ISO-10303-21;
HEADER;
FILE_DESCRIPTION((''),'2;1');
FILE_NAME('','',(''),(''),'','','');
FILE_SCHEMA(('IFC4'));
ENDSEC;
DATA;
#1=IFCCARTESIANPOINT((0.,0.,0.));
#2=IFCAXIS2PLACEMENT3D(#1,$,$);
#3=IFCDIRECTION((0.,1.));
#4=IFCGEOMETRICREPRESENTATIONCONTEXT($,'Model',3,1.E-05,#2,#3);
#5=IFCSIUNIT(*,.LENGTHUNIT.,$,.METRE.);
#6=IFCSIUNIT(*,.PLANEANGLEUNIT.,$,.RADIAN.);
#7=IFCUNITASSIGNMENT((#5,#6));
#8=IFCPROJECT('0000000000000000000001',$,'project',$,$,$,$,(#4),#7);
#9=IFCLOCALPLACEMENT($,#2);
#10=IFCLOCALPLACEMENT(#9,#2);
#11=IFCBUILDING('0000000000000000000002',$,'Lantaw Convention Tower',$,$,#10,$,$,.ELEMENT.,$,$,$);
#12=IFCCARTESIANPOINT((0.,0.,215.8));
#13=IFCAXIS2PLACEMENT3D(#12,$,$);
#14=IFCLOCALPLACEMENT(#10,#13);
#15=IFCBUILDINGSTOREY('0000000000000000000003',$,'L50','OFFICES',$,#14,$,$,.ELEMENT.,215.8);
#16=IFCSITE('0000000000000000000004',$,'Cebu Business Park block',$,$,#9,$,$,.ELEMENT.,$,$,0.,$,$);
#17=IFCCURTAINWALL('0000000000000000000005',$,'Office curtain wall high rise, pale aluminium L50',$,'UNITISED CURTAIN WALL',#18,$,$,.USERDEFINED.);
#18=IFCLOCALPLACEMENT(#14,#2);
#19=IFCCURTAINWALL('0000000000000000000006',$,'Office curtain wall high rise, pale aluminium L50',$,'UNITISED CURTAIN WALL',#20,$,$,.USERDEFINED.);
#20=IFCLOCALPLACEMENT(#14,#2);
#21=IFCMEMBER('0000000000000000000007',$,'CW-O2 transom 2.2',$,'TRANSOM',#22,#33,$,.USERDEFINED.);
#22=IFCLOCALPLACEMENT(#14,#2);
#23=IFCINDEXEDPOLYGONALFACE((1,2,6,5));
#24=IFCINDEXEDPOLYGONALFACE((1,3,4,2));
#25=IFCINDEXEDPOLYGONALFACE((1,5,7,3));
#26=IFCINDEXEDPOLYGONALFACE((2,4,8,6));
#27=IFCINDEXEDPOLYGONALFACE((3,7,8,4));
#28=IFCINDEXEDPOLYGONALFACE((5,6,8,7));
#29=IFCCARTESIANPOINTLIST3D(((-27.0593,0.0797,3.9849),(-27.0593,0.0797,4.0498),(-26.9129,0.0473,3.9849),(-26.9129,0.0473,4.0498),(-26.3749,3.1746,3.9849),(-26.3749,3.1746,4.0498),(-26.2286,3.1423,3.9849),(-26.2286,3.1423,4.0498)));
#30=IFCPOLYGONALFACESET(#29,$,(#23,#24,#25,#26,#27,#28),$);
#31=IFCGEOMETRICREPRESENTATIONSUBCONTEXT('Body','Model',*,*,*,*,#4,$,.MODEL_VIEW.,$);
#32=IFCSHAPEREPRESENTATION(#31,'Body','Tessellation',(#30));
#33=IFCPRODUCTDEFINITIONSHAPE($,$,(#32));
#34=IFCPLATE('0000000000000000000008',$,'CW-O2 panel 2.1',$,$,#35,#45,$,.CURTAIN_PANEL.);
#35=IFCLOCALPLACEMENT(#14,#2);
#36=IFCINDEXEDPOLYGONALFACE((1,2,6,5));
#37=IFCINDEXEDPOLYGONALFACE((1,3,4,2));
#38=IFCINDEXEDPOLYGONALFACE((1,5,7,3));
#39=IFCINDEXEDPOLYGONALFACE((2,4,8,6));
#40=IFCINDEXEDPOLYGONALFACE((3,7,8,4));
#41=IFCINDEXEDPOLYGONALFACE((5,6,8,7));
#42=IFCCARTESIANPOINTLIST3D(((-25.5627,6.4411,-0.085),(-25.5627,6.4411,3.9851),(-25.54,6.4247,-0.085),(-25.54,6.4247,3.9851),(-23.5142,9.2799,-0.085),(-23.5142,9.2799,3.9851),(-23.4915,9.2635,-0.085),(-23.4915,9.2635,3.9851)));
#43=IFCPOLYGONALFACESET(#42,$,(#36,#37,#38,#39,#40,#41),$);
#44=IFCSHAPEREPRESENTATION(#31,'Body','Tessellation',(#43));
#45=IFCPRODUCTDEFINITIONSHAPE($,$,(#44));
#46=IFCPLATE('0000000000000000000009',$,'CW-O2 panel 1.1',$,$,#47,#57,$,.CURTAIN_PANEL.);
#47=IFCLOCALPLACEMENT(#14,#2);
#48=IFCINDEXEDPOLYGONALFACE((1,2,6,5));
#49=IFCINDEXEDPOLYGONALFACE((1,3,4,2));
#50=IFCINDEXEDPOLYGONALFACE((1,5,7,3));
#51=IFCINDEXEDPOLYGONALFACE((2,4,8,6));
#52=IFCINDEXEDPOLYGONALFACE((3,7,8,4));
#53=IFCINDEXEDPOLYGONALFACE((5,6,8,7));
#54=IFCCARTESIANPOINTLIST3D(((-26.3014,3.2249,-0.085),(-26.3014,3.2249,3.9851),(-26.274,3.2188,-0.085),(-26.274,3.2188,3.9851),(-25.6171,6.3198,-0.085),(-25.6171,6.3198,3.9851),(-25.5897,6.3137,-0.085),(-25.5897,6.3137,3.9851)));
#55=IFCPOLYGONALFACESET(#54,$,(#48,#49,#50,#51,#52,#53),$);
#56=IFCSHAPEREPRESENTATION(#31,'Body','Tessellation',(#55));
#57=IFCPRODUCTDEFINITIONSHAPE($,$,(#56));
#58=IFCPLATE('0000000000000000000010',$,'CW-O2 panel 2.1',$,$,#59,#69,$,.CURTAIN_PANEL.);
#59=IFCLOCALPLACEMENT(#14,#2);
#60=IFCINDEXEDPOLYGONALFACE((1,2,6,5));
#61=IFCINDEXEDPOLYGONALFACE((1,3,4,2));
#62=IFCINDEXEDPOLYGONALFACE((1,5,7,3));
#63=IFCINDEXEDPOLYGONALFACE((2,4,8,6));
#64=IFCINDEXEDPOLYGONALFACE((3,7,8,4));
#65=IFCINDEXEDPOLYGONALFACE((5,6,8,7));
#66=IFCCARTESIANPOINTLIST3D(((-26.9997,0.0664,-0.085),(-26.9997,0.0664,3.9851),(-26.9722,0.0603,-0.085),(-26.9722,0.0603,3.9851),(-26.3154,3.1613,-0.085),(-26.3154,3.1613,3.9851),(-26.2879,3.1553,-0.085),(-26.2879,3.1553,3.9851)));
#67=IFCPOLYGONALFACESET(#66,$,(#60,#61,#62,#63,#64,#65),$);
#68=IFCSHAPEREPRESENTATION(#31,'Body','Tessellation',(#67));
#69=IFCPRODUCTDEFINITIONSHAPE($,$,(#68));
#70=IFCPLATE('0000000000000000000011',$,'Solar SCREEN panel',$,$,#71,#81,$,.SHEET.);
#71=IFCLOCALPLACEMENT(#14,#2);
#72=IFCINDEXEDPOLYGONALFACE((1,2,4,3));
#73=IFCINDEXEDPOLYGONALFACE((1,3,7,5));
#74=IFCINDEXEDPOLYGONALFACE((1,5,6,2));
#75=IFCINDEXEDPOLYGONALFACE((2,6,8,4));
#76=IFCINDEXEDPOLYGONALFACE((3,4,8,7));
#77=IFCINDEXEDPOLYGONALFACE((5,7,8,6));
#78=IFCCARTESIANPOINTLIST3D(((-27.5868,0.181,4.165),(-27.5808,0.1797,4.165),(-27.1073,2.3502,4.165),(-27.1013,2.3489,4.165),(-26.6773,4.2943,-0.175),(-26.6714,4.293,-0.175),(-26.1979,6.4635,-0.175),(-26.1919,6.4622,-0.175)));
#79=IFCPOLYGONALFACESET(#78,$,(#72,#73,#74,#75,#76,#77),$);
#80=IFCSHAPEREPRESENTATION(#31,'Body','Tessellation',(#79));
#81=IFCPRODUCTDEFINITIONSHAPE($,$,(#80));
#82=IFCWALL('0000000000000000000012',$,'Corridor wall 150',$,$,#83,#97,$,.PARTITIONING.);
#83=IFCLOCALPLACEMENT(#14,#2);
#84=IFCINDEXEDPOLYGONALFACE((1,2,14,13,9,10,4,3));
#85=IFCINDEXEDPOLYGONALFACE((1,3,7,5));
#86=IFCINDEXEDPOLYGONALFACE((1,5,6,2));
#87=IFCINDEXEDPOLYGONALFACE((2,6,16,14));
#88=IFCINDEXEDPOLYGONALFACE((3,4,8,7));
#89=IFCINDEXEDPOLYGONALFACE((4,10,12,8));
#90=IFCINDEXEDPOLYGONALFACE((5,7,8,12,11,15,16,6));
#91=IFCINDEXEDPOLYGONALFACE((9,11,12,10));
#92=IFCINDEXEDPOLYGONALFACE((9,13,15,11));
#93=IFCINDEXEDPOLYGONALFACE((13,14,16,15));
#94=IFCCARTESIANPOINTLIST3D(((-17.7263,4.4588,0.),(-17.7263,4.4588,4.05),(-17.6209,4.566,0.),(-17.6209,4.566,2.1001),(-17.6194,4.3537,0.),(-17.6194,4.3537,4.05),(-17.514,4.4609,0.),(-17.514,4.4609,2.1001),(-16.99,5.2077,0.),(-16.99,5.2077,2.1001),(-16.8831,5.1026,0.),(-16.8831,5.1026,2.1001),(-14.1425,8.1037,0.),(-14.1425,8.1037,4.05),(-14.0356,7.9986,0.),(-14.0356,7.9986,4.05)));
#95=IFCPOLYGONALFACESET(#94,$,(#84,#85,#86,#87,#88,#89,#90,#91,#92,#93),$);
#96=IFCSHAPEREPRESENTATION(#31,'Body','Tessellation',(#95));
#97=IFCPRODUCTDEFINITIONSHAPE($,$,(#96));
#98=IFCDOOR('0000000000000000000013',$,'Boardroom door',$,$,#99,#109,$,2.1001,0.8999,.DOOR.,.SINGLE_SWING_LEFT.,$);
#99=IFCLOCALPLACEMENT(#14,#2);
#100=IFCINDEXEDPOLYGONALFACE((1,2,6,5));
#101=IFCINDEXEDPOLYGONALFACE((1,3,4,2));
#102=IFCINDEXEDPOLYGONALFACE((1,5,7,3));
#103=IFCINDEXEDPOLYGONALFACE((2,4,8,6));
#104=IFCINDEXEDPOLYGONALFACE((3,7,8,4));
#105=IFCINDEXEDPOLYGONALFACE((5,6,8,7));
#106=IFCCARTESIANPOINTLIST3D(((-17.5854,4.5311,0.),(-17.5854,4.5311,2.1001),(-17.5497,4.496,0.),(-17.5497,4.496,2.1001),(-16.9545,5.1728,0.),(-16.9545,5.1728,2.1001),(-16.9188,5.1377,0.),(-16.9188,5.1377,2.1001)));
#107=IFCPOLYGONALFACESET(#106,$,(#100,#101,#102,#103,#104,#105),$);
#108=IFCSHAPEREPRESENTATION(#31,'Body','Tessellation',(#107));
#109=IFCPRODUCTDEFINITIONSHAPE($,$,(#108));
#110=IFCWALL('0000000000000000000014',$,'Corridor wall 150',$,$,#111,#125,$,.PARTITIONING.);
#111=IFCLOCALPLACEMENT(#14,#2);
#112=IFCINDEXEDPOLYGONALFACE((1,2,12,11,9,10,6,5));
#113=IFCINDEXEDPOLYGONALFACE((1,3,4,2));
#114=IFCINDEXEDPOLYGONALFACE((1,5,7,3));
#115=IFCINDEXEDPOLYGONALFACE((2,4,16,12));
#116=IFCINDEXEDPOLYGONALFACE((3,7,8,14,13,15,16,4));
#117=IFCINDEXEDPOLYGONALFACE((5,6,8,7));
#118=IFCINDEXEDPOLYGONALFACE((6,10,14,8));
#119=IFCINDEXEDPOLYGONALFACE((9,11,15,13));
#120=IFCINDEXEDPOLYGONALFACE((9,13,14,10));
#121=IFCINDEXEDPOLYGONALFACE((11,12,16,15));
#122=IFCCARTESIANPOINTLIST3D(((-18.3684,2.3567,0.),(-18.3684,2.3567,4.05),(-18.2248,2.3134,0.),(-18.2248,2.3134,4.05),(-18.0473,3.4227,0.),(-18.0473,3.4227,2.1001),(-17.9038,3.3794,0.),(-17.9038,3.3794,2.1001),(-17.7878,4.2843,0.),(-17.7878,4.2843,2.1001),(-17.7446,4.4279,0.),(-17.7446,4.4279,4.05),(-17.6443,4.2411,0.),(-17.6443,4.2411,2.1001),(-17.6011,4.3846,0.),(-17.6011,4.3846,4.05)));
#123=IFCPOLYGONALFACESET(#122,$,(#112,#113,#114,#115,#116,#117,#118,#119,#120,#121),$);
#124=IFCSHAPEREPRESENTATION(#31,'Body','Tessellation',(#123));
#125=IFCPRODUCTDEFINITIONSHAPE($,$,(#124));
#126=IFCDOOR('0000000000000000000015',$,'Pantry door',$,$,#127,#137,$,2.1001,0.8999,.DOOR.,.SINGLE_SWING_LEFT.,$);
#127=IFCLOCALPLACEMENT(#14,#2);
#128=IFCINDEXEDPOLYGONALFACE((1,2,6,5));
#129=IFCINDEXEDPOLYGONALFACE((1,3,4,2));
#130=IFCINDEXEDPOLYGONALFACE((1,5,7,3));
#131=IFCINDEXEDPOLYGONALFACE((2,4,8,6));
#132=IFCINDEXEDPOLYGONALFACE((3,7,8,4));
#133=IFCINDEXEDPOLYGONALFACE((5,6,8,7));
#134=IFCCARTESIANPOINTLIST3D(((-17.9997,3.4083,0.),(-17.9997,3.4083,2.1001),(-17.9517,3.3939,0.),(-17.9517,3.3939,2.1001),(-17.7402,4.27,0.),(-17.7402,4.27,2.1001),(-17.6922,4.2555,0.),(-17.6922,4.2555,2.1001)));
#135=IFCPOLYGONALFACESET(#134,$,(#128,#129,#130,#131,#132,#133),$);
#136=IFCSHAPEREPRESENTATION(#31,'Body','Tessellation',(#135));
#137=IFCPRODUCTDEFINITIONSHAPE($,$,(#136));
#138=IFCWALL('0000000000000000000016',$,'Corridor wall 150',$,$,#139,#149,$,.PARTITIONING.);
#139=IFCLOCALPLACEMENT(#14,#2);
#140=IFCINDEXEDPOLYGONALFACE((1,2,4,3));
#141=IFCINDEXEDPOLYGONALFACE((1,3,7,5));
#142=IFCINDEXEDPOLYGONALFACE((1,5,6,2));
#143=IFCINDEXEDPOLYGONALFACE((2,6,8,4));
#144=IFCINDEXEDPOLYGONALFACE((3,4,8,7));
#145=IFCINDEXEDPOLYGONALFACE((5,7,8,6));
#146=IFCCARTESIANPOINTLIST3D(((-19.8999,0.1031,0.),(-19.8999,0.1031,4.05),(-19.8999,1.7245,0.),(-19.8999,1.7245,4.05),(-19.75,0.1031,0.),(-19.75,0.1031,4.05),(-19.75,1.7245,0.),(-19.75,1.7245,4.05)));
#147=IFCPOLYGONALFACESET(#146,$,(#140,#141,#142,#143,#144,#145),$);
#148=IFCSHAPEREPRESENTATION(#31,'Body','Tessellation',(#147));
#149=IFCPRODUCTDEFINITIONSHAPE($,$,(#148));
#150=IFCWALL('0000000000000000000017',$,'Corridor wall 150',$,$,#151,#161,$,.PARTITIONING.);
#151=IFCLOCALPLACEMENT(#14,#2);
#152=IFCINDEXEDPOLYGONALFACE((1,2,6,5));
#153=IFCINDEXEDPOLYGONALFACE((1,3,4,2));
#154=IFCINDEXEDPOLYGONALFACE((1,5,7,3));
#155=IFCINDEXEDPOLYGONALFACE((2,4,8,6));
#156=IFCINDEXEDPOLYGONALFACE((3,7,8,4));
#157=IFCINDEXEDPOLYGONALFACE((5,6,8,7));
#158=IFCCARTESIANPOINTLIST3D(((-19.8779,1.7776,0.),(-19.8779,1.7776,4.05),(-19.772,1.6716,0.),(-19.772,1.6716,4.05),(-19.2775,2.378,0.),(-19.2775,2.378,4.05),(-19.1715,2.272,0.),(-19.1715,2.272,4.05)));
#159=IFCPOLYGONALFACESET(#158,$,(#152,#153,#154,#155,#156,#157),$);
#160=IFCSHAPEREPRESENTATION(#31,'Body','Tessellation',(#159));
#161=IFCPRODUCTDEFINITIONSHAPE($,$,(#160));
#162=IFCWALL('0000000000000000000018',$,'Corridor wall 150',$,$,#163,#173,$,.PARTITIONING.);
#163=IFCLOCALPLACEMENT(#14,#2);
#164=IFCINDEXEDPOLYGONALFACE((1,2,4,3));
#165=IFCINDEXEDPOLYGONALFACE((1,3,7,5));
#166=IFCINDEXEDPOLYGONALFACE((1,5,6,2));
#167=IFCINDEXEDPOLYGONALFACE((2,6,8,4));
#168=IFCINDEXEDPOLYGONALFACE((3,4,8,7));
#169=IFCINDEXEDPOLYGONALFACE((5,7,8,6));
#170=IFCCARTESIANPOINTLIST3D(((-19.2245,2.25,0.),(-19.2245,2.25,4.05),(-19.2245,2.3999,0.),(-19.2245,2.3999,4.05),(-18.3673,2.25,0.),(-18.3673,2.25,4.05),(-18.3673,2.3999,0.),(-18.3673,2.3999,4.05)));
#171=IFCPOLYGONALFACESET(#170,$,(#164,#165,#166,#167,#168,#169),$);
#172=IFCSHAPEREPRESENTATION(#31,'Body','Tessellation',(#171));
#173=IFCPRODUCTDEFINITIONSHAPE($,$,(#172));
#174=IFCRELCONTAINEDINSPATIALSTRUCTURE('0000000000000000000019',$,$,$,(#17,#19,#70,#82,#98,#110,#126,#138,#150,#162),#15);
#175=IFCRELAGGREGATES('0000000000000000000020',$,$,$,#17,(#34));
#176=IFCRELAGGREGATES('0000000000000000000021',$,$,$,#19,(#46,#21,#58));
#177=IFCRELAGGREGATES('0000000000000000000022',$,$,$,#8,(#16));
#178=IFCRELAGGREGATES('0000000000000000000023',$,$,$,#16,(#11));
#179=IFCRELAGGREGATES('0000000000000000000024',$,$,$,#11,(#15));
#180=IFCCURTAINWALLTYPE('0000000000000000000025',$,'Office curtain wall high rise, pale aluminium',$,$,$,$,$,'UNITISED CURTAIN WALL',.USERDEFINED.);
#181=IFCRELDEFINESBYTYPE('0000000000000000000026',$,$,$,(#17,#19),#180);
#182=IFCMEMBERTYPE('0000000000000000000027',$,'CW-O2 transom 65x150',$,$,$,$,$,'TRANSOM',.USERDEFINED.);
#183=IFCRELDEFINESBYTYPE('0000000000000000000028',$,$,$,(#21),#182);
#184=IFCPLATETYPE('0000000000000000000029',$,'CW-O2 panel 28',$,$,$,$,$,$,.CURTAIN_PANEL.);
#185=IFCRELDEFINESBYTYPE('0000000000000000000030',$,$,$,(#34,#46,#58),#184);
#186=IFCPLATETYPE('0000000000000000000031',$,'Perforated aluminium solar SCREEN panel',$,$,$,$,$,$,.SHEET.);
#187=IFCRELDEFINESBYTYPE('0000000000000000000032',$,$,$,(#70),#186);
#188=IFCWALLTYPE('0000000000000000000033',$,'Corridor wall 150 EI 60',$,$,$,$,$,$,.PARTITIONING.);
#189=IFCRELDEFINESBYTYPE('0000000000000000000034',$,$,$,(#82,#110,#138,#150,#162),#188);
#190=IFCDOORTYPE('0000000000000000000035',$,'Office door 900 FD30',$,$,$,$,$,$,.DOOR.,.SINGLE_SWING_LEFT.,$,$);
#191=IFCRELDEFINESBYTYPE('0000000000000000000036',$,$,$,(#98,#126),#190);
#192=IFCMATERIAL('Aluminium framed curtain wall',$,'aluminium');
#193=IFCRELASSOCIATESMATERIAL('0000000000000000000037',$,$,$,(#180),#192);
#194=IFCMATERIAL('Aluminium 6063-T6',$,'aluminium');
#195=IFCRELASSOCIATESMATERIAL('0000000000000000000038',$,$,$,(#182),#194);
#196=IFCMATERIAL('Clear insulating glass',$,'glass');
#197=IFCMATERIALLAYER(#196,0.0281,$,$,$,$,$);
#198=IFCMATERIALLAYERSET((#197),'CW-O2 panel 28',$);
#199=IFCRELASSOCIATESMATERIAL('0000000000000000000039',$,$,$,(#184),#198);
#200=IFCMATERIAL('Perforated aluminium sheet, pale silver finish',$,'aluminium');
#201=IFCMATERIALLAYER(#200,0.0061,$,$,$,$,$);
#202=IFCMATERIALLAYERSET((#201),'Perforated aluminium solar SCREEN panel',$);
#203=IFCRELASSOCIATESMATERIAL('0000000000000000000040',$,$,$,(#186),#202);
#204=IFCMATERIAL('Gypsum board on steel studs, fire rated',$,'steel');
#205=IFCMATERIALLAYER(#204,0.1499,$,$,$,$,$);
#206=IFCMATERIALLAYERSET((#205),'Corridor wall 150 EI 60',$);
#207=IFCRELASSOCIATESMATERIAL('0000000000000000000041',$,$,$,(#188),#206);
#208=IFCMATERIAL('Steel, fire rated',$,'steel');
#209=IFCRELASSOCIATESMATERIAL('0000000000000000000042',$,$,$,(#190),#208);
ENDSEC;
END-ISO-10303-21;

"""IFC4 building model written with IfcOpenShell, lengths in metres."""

from ifc_helpers import new_model, si_unit, direction, frame, frame_2d, origin, origin_2d, place, context, subcontext, project, spatial, polyline, rectangle, outline, extrude, material, layer, layer_set, material_profile, profile_set, type_object, element, fill, aggregate, save


model = new_model("IFC4")

# Units and contexts
model_context = context("Model", 3, precision=1e-05, world=origin(), true_north=direction((0.0, 1.0)))
body_context = subcontext(model_context, "Body", "Model", "MODEL_VIEW")
ifc_project = project(units=[si_unit("LENGTHUNIT", "METRE"), si_unit("PLANEANGLEUNIT", "RADIAN")], contexts=[model_context])

# Site, building, storey
site_placement = place(None, origin())
site = spatial("IfcSite", under=ifc_project, at=site_placement, Name="Cebu Business Park block", CompositionType="ELEMENT", RefElevation=0.0)
building_placement = place(site_placement, origin())
building = spatial("IfcBuilding", under=site, at=building_placement, Name="Lantaw Convention Tower", CompositionType="ELEMENT")
storey_placement = place(building_placement, frame((0.0, 0.0, 215.8)))
storey = spatial("IfcBuildingStorey", under=building, at=storey_placement, Name="L50", Description="OFFICES", CompositionType="ELEMENT", Elevation=215.8)

# Curtain wall
ifc_material_1 = material(Name="Aluminium framed curtain wall", Category="aluminium")
curtain_wall_type = type_object("IfcCurtainWallType", Name="Office curtain wall high rise, pale aluminium", ElementType="UNITISED CURTAIN WALL", PredefinedType="USERDEFINED", material=ifc_material_1)
curtain_wall_1_placement = place(storey_placement, origin())
curtain_wall_1 = element("IfcCurtainWall", 1, at=curtain_wall_1_placement, inside=storey, type_object=curtain_wall_type, Name="Office curtain wall high rise, pale aluminium L50", ObjectType="UNITISED CURTAIN WALL", PredefinedType="USERDEFINED")
ifc_material_2 = material(Name="Aluminium 6063-T6", Category="aluminium")

# Curtain wall, member
curtain_wall_2_placement = place(storey_placement, origin())
curtain_wall_2 = element("IfcCurtainWall", 2, at=curtain_wall_2_placement, inside=storey, type_object=curtain_wall_type, Name="Office curtain wall high rise, pale aluminium L50", ObjectType="UNITISED CURTAIN WALL", PredefinedType="USERDEFINED")
ifc_material_profile_1 = material_profile(ifc_material_2, rectangle(XDim=0.1499, YDim=0.0649, at=origin_2d()), Name="CW-O2 transom 65x150")
ifc_profile_set_1 = profile_set([ifc_material_profile_1], Name="Aluminium 6063-T6")
member_type_1 = type_object("IfcMemberType", Name="CW-O2 transom 65x150", ElementType="TRANSOM", PredefinedType="USERDEFINED", material=ifc_profile_set_1)
member_1_placement = place(storey_placement, frame((-26.3018, 3.1584, 4.0173), z_axis=(-0.215895, -0.976417, 0.0), x_axis=(0.976417, -0.215895, 0.0)))
member_1 = element("IfcMember", 3, at=member_1_placement, type_object=member_type_1, Name="CW-O2 transom 2.2", ObjectType="TRANSOM", PredefinedType="USERDEFINED", context=body_context, shape_type="SweptSolid", body=[
    extrude(rectangle(XDim=0.1499, YDim=0.0649, at=origin_2d()), origin(), (0.0, 0.0, 1.0), 3.1697),
])

# Plates
ifc_material_3 = material(Name="Clear insulating glass", Category="glass")
ifc_layer_1 = layer(ifc_material_3, 0.0281)
ifc_layer_set_1 = layer_set([ifc_layer_1], Name="CW-O2 panel 28")
plate_type_1 = type_object("IfcPlateType", Name="CW-O2 panel 28", PredefinedType="CURTAIN_PANEL", material=ifc_layer_set_1)
plate_1_placement = place(storey_placement, frame((-24.5271, 7.8523, -0.085), z_axis=(0.0, 0.0, 1.0), x_axis=(-0.585158, -0.81092, 0.0)))
plate_1 = element("IfcPlate", 4, at=plate_1_placement, type_object=plate_type_1, Name="CW-O2 panel 2.1", PredefinedType="CURTAIN_PANEL", context=body_context, shape_type="SweptSolid", body=[
    extrude(rectangle(XDim=3.5007, YDim=0.0281, at=origin_2d()), origin(), (0.0, 0.0, 1.0), 4.0701),
])
aggregate(curtain_wall_1, [plate_1])
plate_2_placement = place(storey_placement, frame((-25.9456, 4.7693, -0.085), z_axis=(0.0, 0.0, 1.0), x_axis=(-0.215891, -0.976417, 0.0)))
plate_2 = element("IfcPlate", 5, at=plate_2_placement, type_object=plate_type_1, Name="CW-O2 panel 1.1", PredefinedType="CURTAIN_PANEL", context=body_context, shape_type="SweptSolid", body=[
    extrude(rectangle(XDim=3.1697, YDim=0.0281, at=origin_2d()), origin(), (0.0, 0.0, 1.0), 4.0701),
])
plate_3_placement = place(storey_placement, frame((-26.6438, 1.6108, -0.085), z_axis=(0.0, 0.0, 1.0), x_axis=(-0.215891, -0.976417, 0.0)))
plate_3 = element("IfcPlate", 6, at=plate_3_placement, type_object=plate_type_1, Name="CW-O2 panel 2.1", PredefinedType="CURTAIN_PANEL", context=body_context, shape_type="SweptSolid", body=[
    extrude(rectangle(XDim=3.1697, YDim=0.0281, at=origin_2d()), origin(), (0.0, 0.0, 1.0), 4.0701),
])
aggregate(curtain_wall_2, [plate_2, member_1, plate_3])
ifc_material_4 = material(Name="Perforated aluminium sheet, pale silver finish", Category="aluminium")
ifc_layer_2 = layer(ifc_material_4, 0.0061)
ifc_layer_set_2 = layer_set([ifc_layer_2], Name="Perforated aluminium solar SCREEN panel")
plate_type_2 = type_object("IfcPlateType", Name="Perforated aluminium solar SCREEN panel", PredefinedType="SHEET", material=ifc_layer_set_2)
plate_4_placement = place(storey_placement, frame((-26.1919, 6.4622, -0.175), z_axis=(0.97643, -0.215837, 0.000044), x_axis=(-0.215837, -0.97643, 0.0)))
element("IfcPlate", 7, at=plate_4_placement, inside=storey, type_object=plate_type_2, Name="Solar SCREEN panel", PredefinedType="SHEET", context=body_context, shape_type="SweptSolid", body=[
    extrude(outline(polyline([(0.0, 0.0), (2.2216, 0.0), (6.4342, -4.3401), (4.2126, -4.3401), (0.0, 0.0)])), origin(), (0.0, 0.0, -1.0), 0.0061),
])

# Walls, openings, doors
ifc_material_5 = material(Name="Gypsum board on steel studs, fire rated", Category="steel")
ifc_layer_3 = layer(ifc_material_5, 0.1499)
ifc_layer_set_3 = layer_set([ifc_layer_3], Name="Corridor wall 150 EI 60")
wall_type_1 = type_object("IfcWallType", Name="Corridor wall 150 EI 60", PredefinedType="PARTITIONING", material=ifc_layer_set_3)
wall_1_placement = place(storey_placement, frame((-14.0891, 8.051, 0.0), z_axis=(0.0, 0.0, 1.0), x_axis=(-0.701111, -0.713052, 0.0)))
wall_1 = element("IfcWall", 8, at=wall_1_placement, inside=storey, type_object=wall_type_1, Name="Corridor wall 150", PredefinedType="PARTITIONING", context=body_context, shape_type="SweptSolid", body=[
    extrude(rectangle(XDim=5.1116, YDim=0.1499, at=frame_2d((2.5557, 0.0))), origin(), (0.0, 0.0, 1.0), 4.05),
])
opening_1_placement = place(wall_1_placement, frame((4.0613, 0.0, 0.0)))
opening_1 = element("IfcOpeningElement", 9, at=opening_1_placement, cuts=wall_1, PredefinedType="OPENING", context=body_context, shape_type="SweptSolid", body=[
    extrude(rectangle(XDim=0.8999, YDim=2.1001, at=frame_2d((0.45, 1.05))), frame((0.0, 0.085, 0.0), z_axis=(0.0, -1.0, 0.0), x_axis=(1.0, 0.0, 0.0)), (0.0, 0.0, 1.0), 0.1699),
])
ifc_material_6 = material(Name="Steel, fire rated", Category="steel")
door_type_1 = type_object("IfcDoorType", Name="Office door 900 FD30", OperationType="SINGLE_SWING_LEFT", PredefinedType="DOOR", material=ifc_material_6)
door_1_placement = place(opening_1_placement, origin())
door_1 = element("IfcDoor", 10, at=door_1_placement, inside=storey, type_object=door_type_1, Name="Boardroom door", OperationType="SINGLE_SWING_LEFT", OverallHeight=2.1001, OverallWidth=0.8999, PredefinedType="DOOR", context=body_context, shape_type="SweptSolid", body=[
    extrude(rectangle(XDim=0.8999, YDim=2.1001, at=frame_2d((0.45, 1.05))), frame((0.0, 0.0249, 0.0), z_axis=(0.0, -1.0, 0.0), x_axis=(1.0, 0.0, 0.0)), (0.0, 0.0, 1.0), 0.05),
])
fill(opening_1, door_1)
wall_2_placement = place(storey_placement, frame((-17.6729, 4.4062, 0.0), z_axis=(0.0, 0.0, 1.0), x_axis=(-0.288362, -0.957521, 0.0)))
wall_2 = element("IfcWall", 11, at=wall_2_placement, inside=storey, type_object=wall_type_1, Name="Corridor wall 150", PredefinedType="PARTITIONING", context=body_context, shape_type="SweptSolid", body=[
    extrude(rectangle(XDim=2.1631, YDim=0.1499, at=frame_2d((1.0815, 0.0))), origin(), (0.0, 0.0, 1.0), 4.05),
])
opening_2_placement = place(wall_2_placement, frame((0.1499, 0.0, 0.0)))
opening_2 = element("IfcOpeningElement", 12, at=opening_2_placement, cuts=wall_2, PredefinedType="OPENING", context=body_context, shape_type="SweptSolid", body=[
    extrude(rectangle(XDim=0.8999, YDim=2.1001, at=frame_2d((0.45, 1.05))), frame((0.0, 0.085, 0.0), z_axis=(0.0, -1.0, 0.0), x_axis=(1.0, 0.0, 0.0)), (0.0, 0.0, 1.0), 0.1699),
])
door_2_placement = place(opening_2_placement, origin())
door_2 = element("IfcDoor", 13, at=door_2_placement, inside=storey, type_object=door_type_1, Name="Pantry door", OperationType="SINGLE_SWING_LEFT", OverallHeight=2.1001, OverallWidth=0.8999, PredefinedType="DOOR", context=body_context, shape_type="SweptSolid", body=[
    extrude(rectangle(XDim=0.8999, YDim=2.1001, at=frame_2d((0.45, 1.05))), frame((0.0, 0.0249, 0.0), z_axis=(0.0, -1.0, 0.0), x_axis=(1.0, 0.0, 0.0)), (0.0, 0.0, 1.0), 0.05),
])
fill(opening_2, door_2)

# Walls
wall_3_placement = place(storey_placement, frame((-19.825, 0.1033, 0.0), z_axis=(0.0, 0.0, 1.0), x_axis=(0.0, 1.0, 0.0)))
element("IfcWall", 14, at=wall_3_placement, inside=storey, type_object=wall_type_1, Name="Corridor wall 150", PredefinedType="PARTITIONING", context=body_context, shape_type="SweptSolid", body=[
    extrude(rectangle(XDim=1.6213, YDim=0.1499, at=frame_2d((0.8105, 0.0))), origin(), (0.0, 0.0, 1.0), 4.05),
])
wall_4_placement = place(storey_placement, frame((-19.825, 1.7246, 0.0), z_axis=(0.0, 0.0, 1.0), x_axis=(0.707107, 0.707107, 0.0)))
element("IfcWall", 15, at=wall_4_placement, inside=storey, type_object=wall_type_1, Name="Corridor wall 150", PredefinedType="PARTITIONING", context=body_context, shape_type="SweptSolid", body=[
    extrude(rectangle(XDim=0.8491, YDim=0.1499, at=frame_2d((0.4246, 0.0))), origin(), (0.0, 0.0, 1.0), 4.05),
])
wall_5_placement = place(storey_placement, frame((-19.2246, 2.325, 0.0), z_axis=(0.0, 0.0, 1.0), x_axis=(1.0, 0.0, 0.0)))
element("IfcWall", 16, at=wall_5_placement, inside=storey, type_object=wall_type_1, Name="Corridor wall 150", PredefinedType="PARTITIONING", context=body_context, shape_type="SweptSolid", body=[
    extrude(rectangle(XDim=0.8572, YDim=0.1499, at=frame_2d((0.4287, 0.0))), origin(), (0.0, 0.0, 1.0), 4.05),
])

save(model, "model.ifc")
